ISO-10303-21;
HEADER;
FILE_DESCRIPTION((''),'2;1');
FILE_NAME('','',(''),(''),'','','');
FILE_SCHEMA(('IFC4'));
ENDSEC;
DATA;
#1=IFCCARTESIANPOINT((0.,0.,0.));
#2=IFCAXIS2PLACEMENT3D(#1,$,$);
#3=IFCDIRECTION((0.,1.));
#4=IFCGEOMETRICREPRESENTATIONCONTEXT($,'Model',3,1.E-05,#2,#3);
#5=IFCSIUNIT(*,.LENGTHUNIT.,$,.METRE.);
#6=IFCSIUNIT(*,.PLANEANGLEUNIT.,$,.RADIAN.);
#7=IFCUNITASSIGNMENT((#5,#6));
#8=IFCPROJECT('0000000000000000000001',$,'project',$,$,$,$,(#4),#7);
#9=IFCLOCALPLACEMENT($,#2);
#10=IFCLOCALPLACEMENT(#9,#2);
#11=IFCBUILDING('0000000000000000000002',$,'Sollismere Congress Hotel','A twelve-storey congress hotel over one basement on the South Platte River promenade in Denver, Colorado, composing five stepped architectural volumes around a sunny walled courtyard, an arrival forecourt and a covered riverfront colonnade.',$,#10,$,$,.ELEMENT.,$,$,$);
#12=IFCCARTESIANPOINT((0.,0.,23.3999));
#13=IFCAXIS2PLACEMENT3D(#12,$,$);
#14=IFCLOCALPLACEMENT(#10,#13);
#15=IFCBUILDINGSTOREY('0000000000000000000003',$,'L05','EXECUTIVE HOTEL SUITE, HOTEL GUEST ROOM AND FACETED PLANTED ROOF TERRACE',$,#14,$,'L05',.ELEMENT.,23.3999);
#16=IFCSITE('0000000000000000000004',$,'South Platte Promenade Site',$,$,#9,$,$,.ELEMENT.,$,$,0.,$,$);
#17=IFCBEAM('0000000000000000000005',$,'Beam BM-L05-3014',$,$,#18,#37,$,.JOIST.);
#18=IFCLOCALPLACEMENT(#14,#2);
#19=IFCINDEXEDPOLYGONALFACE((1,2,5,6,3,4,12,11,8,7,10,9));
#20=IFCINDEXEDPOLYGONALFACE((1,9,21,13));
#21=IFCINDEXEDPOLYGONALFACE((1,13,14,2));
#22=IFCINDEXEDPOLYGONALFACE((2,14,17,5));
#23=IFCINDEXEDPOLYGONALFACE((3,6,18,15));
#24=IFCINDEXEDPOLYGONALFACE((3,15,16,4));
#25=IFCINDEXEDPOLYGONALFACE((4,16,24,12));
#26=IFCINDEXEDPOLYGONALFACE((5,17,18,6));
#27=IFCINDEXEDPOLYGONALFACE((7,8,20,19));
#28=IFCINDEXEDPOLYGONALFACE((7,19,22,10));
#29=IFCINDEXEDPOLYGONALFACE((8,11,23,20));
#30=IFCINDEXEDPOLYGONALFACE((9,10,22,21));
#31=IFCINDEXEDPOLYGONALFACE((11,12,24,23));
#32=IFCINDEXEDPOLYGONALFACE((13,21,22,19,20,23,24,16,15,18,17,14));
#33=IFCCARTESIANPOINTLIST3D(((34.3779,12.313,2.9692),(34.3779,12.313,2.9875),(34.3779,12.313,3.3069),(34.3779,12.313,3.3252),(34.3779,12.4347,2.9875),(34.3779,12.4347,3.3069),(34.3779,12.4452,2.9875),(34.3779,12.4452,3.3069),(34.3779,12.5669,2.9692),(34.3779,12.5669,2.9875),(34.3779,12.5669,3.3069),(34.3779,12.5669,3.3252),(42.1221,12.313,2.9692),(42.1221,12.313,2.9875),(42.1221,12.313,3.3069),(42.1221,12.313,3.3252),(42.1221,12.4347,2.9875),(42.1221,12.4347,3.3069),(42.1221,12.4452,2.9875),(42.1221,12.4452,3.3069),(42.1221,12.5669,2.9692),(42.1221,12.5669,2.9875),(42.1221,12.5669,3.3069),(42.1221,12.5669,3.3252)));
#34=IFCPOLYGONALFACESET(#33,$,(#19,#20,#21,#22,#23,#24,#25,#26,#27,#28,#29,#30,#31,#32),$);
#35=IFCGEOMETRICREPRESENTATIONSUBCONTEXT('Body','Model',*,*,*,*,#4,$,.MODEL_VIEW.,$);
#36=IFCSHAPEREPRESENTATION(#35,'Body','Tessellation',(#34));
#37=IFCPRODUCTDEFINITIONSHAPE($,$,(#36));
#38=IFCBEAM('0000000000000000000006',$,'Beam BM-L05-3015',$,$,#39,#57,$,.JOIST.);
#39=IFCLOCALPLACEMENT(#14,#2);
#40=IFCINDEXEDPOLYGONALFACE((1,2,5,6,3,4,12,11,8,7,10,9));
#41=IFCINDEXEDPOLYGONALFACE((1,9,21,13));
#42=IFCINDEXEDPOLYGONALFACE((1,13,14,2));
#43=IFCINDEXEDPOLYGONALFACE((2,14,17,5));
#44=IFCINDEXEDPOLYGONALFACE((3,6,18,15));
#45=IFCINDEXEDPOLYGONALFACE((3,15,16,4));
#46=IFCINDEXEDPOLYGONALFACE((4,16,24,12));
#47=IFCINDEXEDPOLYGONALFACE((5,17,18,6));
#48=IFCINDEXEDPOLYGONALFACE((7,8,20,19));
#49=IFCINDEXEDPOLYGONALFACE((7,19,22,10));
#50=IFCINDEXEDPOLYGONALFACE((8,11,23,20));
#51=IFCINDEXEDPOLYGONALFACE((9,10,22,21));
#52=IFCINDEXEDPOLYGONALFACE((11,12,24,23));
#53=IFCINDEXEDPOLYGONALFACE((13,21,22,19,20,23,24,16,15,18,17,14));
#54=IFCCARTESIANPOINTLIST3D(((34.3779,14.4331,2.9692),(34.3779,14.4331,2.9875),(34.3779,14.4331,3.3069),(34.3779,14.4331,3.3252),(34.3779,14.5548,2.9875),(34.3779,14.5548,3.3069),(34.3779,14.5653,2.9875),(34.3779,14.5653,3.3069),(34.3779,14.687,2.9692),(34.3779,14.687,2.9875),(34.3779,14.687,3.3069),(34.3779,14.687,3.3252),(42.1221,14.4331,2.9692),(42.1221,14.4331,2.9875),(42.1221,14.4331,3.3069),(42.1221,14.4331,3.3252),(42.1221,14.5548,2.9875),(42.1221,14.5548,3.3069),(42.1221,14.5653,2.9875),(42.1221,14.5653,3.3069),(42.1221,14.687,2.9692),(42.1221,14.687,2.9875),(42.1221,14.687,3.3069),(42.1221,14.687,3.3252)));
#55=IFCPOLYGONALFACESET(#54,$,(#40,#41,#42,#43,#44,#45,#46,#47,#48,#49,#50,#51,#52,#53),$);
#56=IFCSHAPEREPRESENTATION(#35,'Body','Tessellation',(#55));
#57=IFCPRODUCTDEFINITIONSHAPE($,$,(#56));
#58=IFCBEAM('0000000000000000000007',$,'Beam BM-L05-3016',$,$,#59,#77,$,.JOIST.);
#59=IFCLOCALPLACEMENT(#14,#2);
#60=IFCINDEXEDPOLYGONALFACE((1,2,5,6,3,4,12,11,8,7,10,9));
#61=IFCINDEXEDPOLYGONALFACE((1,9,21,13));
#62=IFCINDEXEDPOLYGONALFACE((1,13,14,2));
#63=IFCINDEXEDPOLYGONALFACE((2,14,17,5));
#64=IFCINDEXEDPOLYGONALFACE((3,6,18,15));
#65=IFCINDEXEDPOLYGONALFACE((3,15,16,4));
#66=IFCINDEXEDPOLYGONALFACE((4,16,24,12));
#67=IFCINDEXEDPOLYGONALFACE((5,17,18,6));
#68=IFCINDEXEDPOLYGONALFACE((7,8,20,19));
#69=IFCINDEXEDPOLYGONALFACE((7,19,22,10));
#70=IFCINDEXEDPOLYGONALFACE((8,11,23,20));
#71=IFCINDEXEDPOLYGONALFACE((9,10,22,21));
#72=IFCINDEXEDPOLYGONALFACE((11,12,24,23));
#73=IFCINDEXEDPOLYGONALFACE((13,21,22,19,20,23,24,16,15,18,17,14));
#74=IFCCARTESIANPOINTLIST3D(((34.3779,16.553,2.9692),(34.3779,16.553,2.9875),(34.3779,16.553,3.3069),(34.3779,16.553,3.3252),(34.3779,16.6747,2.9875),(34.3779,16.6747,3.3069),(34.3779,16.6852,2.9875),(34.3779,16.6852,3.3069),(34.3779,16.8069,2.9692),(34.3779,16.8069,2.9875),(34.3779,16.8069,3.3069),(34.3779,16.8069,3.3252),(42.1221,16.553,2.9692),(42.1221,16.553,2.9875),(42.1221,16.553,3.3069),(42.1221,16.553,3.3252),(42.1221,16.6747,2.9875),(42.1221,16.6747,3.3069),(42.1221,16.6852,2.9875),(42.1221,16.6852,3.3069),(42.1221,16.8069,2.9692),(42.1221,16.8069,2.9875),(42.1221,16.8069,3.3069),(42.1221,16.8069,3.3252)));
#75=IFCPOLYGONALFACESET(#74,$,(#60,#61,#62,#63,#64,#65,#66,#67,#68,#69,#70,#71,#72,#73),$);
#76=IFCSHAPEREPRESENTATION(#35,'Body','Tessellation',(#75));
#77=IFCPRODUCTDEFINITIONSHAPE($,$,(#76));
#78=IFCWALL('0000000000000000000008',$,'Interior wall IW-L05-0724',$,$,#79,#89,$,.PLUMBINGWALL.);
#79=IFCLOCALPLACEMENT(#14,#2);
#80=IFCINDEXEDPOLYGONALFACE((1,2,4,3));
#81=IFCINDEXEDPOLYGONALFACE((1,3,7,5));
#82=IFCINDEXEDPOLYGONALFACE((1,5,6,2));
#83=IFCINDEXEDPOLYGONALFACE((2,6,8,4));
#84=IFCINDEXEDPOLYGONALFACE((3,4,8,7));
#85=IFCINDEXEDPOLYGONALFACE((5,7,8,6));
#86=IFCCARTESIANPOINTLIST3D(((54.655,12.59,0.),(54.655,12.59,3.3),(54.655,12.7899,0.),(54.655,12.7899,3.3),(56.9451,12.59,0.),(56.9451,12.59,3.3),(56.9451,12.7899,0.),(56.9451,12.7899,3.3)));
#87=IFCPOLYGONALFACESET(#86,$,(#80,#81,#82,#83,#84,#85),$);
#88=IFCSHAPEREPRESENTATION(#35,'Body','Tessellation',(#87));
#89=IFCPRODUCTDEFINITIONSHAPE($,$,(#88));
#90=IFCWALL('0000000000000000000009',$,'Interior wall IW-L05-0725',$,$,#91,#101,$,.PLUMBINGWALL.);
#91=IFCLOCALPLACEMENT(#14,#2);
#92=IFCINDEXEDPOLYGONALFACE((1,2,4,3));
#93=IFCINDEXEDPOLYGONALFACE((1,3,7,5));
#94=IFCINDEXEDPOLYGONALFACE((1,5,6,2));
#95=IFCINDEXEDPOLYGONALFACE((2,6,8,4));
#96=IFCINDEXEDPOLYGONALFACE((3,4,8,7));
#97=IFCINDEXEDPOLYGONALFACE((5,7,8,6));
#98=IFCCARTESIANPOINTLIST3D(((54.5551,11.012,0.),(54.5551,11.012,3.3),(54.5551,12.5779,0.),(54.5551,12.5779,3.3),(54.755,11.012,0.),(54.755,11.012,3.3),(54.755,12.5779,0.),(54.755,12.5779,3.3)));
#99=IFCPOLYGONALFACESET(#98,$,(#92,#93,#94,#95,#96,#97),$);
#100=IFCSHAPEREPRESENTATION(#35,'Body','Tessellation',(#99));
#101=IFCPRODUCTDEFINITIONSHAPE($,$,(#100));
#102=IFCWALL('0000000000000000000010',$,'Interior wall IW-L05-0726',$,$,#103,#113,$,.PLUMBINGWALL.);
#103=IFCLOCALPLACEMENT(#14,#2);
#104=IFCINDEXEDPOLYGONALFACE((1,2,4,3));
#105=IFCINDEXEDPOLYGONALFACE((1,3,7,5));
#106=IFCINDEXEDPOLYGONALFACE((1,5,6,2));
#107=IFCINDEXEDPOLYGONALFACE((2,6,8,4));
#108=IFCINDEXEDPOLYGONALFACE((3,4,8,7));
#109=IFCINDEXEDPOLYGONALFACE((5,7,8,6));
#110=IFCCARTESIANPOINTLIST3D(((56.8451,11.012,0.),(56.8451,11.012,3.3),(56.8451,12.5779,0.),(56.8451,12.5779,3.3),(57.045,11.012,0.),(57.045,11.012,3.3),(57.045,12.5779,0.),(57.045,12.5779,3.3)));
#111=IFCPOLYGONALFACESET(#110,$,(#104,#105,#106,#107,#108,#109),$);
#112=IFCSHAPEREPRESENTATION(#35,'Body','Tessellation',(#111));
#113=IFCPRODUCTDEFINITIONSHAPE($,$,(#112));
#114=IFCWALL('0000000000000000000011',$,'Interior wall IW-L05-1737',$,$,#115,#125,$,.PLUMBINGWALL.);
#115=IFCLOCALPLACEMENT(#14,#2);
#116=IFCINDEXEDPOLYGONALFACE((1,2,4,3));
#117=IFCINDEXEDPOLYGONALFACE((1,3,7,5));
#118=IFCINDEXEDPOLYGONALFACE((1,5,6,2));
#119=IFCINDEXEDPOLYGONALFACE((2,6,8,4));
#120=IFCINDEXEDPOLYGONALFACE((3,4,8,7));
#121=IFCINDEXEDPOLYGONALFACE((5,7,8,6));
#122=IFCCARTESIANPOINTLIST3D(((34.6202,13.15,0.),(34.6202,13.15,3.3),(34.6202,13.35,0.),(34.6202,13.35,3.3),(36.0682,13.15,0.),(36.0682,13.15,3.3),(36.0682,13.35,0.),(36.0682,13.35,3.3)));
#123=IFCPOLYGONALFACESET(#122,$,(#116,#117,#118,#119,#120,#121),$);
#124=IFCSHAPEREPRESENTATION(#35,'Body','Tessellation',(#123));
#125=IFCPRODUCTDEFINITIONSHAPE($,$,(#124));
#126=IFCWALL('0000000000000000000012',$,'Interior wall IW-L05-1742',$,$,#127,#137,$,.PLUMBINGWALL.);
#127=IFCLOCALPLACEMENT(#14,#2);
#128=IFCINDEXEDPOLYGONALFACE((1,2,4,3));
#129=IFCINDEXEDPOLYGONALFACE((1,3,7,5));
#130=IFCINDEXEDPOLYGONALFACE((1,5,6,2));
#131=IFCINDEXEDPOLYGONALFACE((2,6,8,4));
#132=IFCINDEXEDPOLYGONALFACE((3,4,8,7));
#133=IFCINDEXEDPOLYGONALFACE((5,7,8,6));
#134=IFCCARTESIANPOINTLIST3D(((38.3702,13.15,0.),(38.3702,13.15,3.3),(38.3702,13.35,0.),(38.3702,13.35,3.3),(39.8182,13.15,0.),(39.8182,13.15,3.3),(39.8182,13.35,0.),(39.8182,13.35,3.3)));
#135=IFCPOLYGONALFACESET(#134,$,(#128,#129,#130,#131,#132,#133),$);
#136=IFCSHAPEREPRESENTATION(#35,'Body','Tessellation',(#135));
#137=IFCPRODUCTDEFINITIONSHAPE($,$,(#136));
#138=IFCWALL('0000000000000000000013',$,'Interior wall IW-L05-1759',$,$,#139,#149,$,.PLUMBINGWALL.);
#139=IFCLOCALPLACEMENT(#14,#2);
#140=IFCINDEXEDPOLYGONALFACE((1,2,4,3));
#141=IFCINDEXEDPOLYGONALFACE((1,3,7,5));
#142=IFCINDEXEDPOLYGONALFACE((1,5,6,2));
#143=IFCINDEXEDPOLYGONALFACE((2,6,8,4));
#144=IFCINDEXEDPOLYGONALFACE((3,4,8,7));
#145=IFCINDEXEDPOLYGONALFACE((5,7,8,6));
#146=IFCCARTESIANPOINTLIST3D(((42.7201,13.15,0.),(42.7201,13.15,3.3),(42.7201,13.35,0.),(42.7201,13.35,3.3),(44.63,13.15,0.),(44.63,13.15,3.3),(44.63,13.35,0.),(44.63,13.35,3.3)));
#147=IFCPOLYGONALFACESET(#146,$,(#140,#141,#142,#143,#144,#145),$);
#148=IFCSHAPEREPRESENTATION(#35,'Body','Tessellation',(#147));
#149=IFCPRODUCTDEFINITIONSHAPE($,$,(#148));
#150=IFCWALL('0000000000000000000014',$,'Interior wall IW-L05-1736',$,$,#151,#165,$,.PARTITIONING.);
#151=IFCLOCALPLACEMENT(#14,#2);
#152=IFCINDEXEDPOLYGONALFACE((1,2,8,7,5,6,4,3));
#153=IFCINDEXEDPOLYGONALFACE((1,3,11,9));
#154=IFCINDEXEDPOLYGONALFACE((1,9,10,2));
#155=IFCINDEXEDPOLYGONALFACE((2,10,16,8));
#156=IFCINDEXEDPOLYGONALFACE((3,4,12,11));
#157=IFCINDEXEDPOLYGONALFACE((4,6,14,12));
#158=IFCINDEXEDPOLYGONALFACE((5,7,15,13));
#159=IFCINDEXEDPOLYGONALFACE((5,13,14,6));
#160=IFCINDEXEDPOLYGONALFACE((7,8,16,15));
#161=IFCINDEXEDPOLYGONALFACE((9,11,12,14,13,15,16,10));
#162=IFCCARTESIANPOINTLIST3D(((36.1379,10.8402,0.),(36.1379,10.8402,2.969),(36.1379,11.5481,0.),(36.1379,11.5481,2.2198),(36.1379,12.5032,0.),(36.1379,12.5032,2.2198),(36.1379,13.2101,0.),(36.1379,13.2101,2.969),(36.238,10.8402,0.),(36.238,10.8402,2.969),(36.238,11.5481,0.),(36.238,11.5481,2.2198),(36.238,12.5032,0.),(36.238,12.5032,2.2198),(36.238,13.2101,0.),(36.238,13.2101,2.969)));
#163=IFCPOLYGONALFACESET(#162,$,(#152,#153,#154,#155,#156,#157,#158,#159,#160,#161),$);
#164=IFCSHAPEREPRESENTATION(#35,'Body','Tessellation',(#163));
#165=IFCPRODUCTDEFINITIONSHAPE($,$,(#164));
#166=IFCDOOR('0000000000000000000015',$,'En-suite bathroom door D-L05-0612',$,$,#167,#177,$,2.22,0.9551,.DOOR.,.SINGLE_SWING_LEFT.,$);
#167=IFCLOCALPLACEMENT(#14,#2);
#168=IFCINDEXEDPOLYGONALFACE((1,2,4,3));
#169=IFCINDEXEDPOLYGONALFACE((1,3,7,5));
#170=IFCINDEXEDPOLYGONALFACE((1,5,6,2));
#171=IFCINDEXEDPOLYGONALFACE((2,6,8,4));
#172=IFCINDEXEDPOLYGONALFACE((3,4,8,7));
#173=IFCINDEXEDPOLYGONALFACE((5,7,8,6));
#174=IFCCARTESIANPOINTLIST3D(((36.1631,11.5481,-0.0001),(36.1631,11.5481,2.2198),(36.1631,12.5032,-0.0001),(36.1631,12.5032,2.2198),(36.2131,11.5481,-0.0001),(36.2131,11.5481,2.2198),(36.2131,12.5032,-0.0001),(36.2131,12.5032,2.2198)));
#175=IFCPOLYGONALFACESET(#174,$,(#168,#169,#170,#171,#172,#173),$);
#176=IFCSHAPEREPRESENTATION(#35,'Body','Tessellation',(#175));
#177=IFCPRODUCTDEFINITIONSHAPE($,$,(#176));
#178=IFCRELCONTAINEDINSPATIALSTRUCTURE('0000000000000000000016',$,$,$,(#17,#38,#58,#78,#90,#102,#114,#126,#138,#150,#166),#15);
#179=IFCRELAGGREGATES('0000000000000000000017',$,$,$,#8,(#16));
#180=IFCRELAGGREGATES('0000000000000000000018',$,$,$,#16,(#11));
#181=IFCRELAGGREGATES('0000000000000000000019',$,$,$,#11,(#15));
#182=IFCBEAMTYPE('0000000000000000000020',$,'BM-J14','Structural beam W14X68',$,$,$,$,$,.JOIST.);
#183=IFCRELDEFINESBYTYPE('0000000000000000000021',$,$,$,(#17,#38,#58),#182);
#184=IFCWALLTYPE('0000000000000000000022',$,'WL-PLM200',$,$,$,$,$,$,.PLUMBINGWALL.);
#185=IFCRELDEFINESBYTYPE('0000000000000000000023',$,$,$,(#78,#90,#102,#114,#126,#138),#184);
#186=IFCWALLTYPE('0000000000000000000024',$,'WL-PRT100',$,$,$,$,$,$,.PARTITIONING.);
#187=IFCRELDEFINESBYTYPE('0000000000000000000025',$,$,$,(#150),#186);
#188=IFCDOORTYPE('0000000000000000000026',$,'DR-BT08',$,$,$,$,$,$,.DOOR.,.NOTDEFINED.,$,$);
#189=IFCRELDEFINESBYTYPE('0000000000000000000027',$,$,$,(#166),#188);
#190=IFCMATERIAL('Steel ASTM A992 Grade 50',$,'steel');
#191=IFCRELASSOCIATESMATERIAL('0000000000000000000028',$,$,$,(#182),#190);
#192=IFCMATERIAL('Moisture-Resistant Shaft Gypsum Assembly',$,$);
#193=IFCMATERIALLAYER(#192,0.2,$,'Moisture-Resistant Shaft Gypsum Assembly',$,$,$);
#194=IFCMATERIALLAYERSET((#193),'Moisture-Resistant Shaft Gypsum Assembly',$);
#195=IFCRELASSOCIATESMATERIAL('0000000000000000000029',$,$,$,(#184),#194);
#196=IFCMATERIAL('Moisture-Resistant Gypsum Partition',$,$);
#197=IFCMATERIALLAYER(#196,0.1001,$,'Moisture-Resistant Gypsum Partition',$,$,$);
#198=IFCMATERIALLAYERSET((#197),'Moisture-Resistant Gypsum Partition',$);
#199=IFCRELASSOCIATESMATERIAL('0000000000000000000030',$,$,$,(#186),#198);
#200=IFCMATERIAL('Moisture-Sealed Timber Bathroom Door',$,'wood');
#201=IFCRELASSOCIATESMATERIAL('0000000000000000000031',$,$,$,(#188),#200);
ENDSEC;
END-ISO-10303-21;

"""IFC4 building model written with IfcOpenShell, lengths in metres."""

from ifc_helpers import new_model, si_unit, direction, frame, frame_2d, origin, origin_2d, place, context, subcontext, project, spatial, rectangle, i_section, extrude, material, layer, layer_set, material_profile, profile_set, type_object, element, fill, save


model = new_model("IFC4")

# Units and contexts
model_context = context("Model", 3, precision=1e-05, world=origin(), true_north=direction((0.0, 1.0)))
body_context = subcontext(model_context, "Body", "Model", "MODEL_VIEW")
ifc_project = project(units=[si_unit("LENGTHUNIT", "METRE"), si_unit("PLANEANGLEUNIT", "RADIAN")], contexts=[model_context])

# Site, building, storey
site_placement = place(None, origin())
site = spatial("IfcSite", under=ifc_project, at=site_placement, Name="South Platte Promenade Site", CompositionType="ELEMENT", RefElevation=0.0)
building_placement = place(site_placement, origin())
building = spatial("IfcBuilding", under=site, at=building_placement, Name="Sollismere Congress Hotel", Description="A twelve-storey congress hotel over one basement on the South Platte River promenade in Denver, Colorado, composing five stepped architectural volumes around a sunny walled courtyard, an arrival forecourt and a covered riverfront colonnade.", CompositionType="ELEMENT")
storey_placement = place(building_placement, frame((0.0, 0.0, 23.3999)))
storey = spatial("IfcBuildingStorey", under=building, at=storey_placement, Name="L05", Description="EXECUTIVE HOTEL SUITE, HOTEL GUEST ROOM AND FACETED PLANTED ROOF TERRACE", LongName="L05", CompositionType="ELEMENT", Elevation=23.3999)

# Beams
ifc_material_1 = material(Name="Steel ASTM A992 Grade 50", Category="steel")
ifc_material_profile = material_profile(ifc_material_1, i_section(OverallWidth=0.2539, OverallDepth=0.356, WebThickness=0.0105, FlangeThickness=0.0183, at=origin_2d()), Name="W14X68")
ifc_profile_set = profile_set([ifc_material_profile], Name="Steel ASTM A992 Grade 50")
beam_type = type_object("IfcBeamType", Name="BM-J14", Description="Structural beam W14X68", PredefinedType="JOIST", material=ifc_profile_set)
for number, where, z_axis, x_axis, name in (
    (1, (34.3779, 12.4399, 3.1472), (1.0, 0.0, 0.0), (0.0, 1.0, 0.0), "Beam BM-L05-3014"),
    (2, (34.3779, 14.5601, 3.1472), (1.0, 0.0, 0.0), (0.0, 1.0, 0.0), "Beam BM-L05-3015"),
    (3, (34.3779, 16.6799, 3.1472), (1.0, 0.0, 0.0), (0.0, 1.0, 0.0), "Beam BM-L05-3016"),
):
    element("IfcBeam", number, at=place(storey_placement, frame(where, z_axis=z_axis, x_axis=x_axis)), inside=storey, type_object=beam_type, Name=name, PredefinedType="JOIST", context=body_context, shape_type="SweptSolid", body=[
        extrude(i_section(OverallWidth=0.2539, OverallDepth=0.356, WebThickness=0.0105, FlangeThickness=0.0183, at=origin_2d()), origin(), (0.0, 0.0, 1.0), 7.7441),
    ])

# Walls
ifc_material_2 = material(Name="Moisture-Resistant Shaft Gypsum Assembly")
ifc_layer_1 = layer(ifc_material_2, 0.2, Name="Moisture-Resistant Shaft Gypsum Assembly")
ifc_layer_set_1 = layer_set([ifc_layer_1], Name="Moisture-Resistant Shaft Gypsum Assembly")
wall_type_1 = type_object("IfcWallType", Name="WL-PLM200", PredefinedType="PLUMBINGWALL", material=ifc_layer_set_1)
wall_1_placement = place(storey_placement, frame((54.655, 12.6899, 0.0), z_axis=(0.0, 0.0, 1.0), x_axis=(1.0, 0.0, 0.0)))
element("IfcWall", 4, at=wall_1_placement, inside=storey, type_object=wall_type_1, Name="Interior wall IW-L05-0724", PredefinedType="PLUMBINGWALL", context=body_context, shape_type="SweptSolid", body=[
    extrude(rectangle(XDim=2.29, YDim=0.2, at=frame_2d((1.145, 0.0))), origin(), (0.0, 0.0, 1.0), 3.3),
])
for number, where, z_axis, x_axis, name in (
    (5, (54.655, 11.012, 0.0), (0.0, 0.0, 1.0), (0.0, 1.0, 0.0), "Interior wall IW-L05-0725"),
    (6, (56.9451, 11.012, 0.0), (0.0, 0.0, 1.0), (0.0, 1.0, 0.0), "Interior wall IW-L05-0726"),
):
    element("IfcWall", number, at=place(storey_placement, frame(where, z_axis=z_axis, x_axis=x_axis)), inside=storey, type_object=wall_type_1, Name=name, PredefinedType="PLUMBINGWALL", context=body_context, shape_type="SweptSolid", body=[
        extrude(rectangle(XDim=1.5659, YDim=0.2, at=frame_2d((0.783, 0.0))), origin(), (0.0, 0.0, 1.0), 3.3),
    ])
for number, where, z_axis, x_axis, name in (
    (7, (34.6201, 13.25, 0.0), (0.0, 0.0, 1.0), (1.0, 0.0, 0.0), "Interior wall IW-L05-1737"),
    (8, (38.3701, 13.25, 0.0), (0.0, 0.0, 1.0), (1.0, 0.0, 0.0), "Interior wall IW-L05-1742"),
):
    element("IfcWall", number, at=place(storey_placement, frame(where, z_axis=z_axis, x_axis=x_axis)), inside=storey, type_object=wall_type_1, Name=name, PredefinedType="PLUMBINGWALL", context=body_context, shape_type="SweptSolid", body=[
        extrude(rectangle(XDim=1.448, YDim=0.2, at=frame_2d((0.7241, 0.0))), origin(), (0.0, 0.0, 1.0), 3.3),
    ])
wall_2_placement = place(storey_placement, frame((42.72, 13.25, 0.0), z_axis=(0.0, 0.0, 1.0), x_axis=(1.0, 0.0, 0.0)))
element("IfcWall", 9, at=wall_2_placement, inside=storey, type_object=wall_type_1, Name="Interior wall IW-L05-1759", PredefinedType="PLUMBINGWALL", context=body_context, shape_type="SweptSolid", body=[
    extrude(rectangle(XDim=1.9099, YDim=0.2, at=frame_2d((0.9551, 0.0))), origin(), (0.0, 0.0, 1.0), 3.3),
])

# Wall, opening, door
ifc_material_3 = material(Name="Moisture-Resistant Gypsum Partition")
ifc_layer_2 = layer(ifc_material_3, 0.1001, Name="Moisture-Resistant Gypsum Partition")
ifc_layer_set_2 = layer_set([ifc_layer_2], Name="Moisture-Resistant Gypsum Partition")
wall_type_2 = type_object("IfcWallType", Name="WL-PRT100", PredefinedType="PARTITIONING", material=ifc_layer_set_2)
wall_3_placement = place(storey_placement, frame((36.188, 10.8401, 0.0), z_axis=(0.0, 0.0, 1.0), x_axis=(0.0, 1.0, 0.0)))
wall_3 = element("IfcWall", 10, at=wall_3_placement, inside=storey, type_object=wall_type_2, Name="Interior wall IW-L05-1736", PredefinedType="PARTITIONING", context=body_context, shape_type="SweptSolid", body=[
    extrude(rectangle(XDim=2.3699, YDim=0.1001, at=frame_2d((1.1851, 0.0))), origin(), (0.0, 0.0, 1.0), 2.969),
])
opening_1_placement = place(wall_3_placement, frame((0.708, 0.0, 0.0)))
opening_1 = element("IfcOpeningElement", 11, at=opening_1_placement, cuts=wall_3, PredefinedType="OPENING", context=body_context, shape_type="SweptSolid", body=[
    extrude(rectangle(XDim=0.9551, YDim=2.22, at=frame_2d((0.4775, 1.1099))), frame((0.0, 0.0601, 0.0), z_axis=(0.0, -1.0, 0.0), x_axis=(1.0, 0.0, 0.0)), (0.0, 0.0, 1.0), 0.1201),
])
ifc_material_4 = material(Name="Moisture-Sealed Timber Bathroom Door", Category="wood")
door_type_1 = type_object("IfcDoorType", Name="DR-BT08", OperationType="NOTDEFINED", PredefinedType="DOOR", material=ifc_material_4)
door_1_placement = place(opening_1_placement, origin())
door_1 = element("IfcDoor", 12, at=door_1_placement, inside=storey, type_object=door_type_1, Name="En-suite bathroom door D-L05-0612", OperationType="SINGLE_SWING_LEFT", OverallHeight=2.22, OverallWidth=0.9551, PredefinedType="DOOR", context=body_context, shape_type="SweptSolid", body=[
    extrude(rectangle(XDim=0.9551, YDim=2.22, at=frame_2d((0.4775, 1.1099))), frame((0.0, 0.0249, 0.0), z_axis=(0.0, -1.0, 0.0), x_axis=(1.0, 0.0, 0.0)), (0.0, 0.0, 1.0), 0.05),
])
fill(opening_1, door_1)

save(model, "model.ifc")
